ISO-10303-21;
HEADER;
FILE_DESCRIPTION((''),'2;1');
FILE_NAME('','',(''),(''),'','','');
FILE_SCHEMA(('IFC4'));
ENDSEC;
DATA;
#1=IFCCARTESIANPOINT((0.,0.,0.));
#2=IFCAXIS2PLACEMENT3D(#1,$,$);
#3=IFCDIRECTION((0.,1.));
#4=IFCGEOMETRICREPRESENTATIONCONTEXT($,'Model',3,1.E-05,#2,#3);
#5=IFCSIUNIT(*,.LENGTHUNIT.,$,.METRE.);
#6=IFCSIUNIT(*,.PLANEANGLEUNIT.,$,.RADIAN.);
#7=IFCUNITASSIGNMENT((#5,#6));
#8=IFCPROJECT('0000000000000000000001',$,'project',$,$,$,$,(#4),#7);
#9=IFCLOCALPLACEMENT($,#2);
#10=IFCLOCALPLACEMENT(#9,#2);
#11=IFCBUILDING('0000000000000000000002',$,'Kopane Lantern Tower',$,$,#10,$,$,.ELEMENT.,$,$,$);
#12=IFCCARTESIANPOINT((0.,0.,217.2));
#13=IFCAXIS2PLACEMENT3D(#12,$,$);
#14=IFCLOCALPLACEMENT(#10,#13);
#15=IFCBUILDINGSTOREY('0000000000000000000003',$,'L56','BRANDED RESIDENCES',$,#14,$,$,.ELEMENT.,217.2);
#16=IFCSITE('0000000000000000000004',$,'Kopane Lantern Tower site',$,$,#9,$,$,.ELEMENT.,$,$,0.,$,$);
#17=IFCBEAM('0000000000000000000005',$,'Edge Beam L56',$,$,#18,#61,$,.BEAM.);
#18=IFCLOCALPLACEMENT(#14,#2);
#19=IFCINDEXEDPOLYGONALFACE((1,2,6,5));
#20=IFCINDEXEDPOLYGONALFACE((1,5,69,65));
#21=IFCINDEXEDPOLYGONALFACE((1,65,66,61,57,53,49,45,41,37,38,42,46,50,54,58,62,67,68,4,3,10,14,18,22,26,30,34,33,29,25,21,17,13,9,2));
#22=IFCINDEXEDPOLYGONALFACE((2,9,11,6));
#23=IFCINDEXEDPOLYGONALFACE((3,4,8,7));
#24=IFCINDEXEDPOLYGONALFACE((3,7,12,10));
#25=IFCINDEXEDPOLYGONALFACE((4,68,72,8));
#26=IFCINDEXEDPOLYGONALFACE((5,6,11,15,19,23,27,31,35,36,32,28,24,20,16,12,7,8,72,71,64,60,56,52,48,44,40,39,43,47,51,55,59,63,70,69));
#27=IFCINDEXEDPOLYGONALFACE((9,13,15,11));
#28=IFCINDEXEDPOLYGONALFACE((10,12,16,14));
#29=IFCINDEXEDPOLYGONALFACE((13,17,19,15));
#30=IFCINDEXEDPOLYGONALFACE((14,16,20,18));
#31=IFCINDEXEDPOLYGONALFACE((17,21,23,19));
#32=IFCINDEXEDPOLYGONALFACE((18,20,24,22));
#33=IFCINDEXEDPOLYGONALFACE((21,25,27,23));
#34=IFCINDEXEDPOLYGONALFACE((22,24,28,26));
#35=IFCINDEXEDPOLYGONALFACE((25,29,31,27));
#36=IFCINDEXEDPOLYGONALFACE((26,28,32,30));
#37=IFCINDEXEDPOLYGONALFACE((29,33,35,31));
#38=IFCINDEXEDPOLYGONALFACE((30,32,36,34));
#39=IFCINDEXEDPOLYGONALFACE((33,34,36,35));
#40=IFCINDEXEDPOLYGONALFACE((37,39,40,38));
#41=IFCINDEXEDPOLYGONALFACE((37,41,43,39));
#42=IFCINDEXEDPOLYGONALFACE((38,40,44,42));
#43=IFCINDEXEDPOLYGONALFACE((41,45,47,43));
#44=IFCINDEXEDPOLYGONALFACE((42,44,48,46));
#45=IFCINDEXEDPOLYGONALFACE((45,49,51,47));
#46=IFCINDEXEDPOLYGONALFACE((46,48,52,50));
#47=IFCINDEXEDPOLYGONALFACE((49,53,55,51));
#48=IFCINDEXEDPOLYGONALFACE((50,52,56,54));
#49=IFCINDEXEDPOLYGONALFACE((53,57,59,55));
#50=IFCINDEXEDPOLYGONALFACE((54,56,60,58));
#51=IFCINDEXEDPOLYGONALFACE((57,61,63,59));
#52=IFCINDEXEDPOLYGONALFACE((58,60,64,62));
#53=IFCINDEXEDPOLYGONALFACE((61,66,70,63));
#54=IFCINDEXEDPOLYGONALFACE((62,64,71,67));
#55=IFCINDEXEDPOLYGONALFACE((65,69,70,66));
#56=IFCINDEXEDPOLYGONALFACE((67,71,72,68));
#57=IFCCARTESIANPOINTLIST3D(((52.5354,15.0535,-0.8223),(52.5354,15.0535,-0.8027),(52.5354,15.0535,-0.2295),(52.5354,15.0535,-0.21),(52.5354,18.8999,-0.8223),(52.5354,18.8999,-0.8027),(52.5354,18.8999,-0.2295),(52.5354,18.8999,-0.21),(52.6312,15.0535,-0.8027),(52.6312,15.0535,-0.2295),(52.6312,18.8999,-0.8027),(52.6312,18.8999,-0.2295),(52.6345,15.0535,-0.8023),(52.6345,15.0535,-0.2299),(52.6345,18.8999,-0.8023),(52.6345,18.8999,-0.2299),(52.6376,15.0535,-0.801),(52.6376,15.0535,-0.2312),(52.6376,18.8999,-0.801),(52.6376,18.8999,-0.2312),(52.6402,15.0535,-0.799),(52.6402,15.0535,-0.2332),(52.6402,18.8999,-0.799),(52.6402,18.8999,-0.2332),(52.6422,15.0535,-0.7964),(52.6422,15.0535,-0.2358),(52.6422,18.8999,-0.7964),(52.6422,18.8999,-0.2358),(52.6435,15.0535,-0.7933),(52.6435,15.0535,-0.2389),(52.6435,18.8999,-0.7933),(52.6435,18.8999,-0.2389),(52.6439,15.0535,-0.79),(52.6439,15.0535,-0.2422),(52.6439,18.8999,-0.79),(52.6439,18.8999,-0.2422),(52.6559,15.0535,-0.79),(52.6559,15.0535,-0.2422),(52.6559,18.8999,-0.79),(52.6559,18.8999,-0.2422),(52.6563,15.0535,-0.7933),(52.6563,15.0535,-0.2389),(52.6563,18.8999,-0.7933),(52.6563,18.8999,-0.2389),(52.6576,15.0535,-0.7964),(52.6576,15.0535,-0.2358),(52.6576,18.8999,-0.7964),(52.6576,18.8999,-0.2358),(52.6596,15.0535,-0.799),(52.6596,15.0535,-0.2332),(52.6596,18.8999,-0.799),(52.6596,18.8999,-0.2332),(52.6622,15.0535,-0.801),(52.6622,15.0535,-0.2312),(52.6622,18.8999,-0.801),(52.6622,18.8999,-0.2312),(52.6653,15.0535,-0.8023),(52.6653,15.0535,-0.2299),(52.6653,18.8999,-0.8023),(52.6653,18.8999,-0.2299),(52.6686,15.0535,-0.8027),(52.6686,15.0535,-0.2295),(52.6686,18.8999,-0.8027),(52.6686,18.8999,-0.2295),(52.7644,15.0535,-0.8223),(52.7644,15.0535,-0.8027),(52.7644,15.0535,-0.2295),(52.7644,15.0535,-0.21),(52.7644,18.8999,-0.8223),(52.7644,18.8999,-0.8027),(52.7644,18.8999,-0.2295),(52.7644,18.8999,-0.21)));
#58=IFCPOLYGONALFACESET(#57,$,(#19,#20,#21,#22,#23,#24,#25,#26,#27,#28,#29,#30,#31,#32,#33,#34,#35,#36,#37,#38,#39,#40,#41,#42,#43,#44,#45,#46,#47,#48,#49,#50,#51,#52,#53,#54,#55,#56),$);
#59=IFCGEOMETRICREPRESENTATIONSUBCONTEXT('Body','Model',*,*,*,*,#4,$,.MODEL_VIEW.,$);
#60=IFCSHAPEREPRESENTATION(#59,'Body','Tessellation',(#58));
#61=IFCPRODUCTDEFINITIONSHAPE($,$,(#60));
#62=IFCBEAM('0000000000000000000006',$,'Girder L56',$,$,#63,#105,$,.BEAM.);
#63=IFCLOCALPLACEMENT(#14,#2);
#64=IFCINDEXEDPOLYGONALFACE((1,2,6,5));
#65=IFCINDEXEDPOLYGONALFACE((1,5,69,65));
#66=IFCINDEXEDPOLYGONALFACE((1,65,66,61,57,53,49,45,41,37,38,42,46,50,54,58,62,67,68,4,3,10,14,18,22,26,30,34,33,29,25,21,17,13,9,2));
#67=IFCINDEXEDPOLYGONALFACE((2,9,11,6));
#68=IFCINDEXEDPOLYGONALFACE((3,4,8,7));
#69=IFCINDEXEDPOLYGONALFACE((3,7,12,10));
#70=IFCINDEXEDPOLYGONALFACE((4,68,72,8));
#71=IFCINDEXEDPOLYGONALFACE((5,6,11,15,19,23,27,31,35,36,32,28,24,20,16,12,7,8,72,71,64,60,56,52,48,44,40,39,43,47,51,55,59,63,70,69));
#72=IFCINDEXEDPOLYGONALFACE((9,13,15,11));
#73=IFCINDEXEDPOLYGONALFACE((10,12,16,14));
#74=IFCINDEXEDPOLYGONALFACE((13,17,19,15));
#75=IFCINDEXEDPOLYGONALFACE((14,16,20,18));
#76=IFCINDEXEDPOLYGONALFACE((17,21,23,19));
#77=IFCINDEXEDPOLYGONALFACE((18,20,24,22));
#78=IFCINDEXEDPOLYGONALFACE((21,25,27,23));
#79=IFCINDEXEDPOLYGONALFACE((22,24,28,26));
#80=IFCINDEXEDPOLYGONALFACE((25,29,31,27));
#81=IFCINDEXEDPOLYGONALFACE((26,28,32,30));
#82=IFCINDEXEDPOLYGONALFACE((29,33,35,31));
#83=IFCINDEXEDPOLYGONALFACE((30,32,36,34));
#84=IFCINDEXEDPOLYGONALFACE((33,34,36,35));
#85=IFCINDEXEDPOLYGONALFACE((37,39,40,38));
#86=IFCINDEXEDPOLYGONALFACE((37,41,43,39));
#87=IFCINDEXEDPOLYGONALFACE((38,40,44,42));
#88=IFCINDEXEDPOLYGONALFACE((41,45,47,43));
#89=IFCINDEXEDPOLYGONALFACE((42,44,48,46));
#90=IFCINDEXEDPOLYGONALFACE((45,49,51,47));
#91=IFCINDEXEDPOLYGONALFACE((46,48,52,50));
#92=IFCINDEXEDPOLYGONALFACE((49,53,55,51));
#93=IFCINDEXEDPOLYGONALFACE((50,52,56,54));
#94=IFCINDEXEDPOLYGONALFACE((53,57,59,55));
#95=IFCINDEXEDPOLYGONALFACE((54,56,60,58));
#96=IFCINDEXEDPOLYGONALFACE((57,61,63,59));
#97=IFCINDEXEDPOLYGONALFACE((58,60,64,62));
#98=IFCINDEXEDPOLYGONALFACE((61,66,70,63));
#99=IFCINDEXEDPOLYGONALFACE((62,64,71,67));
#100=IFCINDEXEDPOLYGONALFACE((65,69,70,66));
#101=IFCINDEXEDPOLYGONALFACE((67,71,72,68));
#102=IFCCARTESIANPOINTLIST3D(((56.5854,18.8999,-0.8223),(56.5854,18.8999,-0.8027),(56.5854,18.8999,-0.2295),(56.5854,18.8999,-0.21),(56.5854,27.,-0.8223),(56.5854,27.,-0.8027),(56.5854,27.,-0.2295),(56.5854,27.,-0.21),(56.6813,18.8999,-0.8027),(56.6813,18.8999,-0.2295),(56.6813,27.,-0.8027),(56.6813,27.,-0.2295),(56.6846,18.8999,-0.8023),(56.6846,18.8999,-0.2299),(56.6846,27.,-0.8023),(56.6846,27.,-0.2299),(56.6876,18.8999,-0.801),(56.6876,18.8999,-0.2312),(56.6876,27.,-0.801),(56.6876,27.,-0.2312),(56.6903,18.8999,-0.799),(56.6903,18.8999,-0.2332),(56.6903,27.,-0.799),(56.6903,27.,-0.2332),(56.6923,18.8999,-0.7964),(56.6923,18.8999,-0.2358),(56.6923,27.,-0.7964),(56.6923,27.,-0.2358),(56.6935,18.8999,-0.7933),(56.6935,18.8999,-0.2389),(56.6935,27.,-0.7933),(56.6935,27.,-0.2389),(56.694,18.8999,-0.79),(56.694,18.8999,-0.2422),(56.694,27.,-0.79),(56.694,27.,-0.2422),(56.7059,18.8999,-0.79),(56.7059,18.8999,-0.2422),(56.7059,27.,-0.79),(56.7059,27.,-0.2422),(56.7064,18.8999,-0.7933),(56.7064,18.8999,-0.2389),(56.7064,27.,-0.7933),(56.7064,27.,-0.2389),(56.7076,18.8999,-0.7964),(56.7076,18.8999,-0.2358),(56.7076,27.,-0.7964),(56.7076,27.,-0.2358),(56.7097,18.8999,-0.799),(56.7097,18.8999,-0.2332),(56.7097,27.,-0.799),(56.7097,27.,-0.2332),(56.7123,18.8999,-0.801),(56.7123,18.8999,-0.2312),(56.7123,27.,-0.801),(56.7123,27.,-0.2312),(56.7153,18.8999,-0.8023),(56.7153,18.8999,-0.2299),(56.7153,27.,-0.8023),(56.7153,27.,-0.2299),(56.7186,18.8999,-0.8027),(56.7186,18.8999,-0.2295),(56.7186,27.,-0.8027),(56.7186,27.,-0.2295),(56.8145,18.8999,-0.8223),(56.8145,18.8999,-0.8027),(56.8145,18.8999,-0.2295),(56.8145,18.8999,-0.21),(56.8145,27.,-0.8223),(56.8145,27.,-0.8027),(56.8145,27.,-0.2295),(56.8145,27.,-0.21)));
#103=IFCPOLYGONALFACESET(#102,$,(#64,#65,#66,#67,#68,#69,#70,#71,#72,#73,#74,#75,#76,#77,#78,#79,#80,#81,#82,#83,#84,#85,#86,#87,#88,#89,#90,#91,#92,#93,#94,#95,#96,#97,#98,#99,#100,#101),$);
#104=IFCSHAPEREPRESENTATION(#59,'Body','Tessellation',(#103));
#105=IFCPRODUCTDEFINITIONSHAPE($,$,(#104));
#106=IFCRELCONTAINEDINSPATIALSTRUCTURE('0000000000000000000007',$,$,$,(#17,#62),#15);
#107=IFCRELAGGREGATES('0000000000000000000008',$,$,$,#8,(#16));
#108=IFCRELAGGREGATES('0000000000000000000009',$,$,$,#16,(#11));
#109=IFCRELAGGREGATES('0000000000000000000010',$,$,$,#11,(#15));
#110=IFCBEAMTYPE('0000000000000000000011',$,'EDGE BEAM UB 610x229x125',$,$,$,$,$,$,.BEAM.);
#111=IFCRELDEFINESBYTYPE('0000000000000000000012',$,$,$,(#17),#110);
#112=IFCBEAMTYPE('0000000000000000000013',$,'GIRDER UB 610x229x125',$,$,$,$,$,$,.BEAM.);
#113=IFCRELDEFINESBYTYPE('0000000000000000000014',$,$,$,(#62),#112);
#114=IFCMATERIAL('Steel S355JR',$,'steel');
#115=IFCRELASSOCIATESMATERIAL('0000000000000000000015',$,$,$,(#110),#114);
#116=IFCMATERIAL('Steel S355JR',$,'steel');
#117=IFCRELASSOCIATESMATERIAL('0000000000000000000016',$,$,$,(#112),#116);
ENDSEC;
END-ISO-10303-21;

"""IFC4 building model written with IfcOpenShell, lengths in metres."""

from ifc_helpers import new_model, si_unit, direction, frame, origin, origin_2d, place, context, subcontext, project, spatial, i_section, extrude, material, material_profile, profile_set, type_object, element, save


model = new_model("IFC4")

# Units and contexts
model_context = context("Model", 3, precision=1e-05, world=origin(), true_north=direction((0.0, 1.0)))
body_context = subcontext(model_context, "Body", "Model", "MODEL_VIEW")
ifc_project = project(units=[si_unit("LENGTHUNIT", "METRE"), si_unit("PLANEANGLEUNIT", "RADIAN")], contexts=[model_context])

# Site, building, storey
site_placement = place(None, origin())
site = spatial("IfcSite", under=ifc_project, at=site_placement, Name="Kopane Lantern Tower site", CompositionType="ELEMENT", RefElevation=0.0)
building_placement = place(site_placement, origin())
building = spatial("IfcBuilding", under=site, at=building_placement, Name="Kopane Lantern Tower", CompositionType="ELEMENT")
storey_placement = place(building_placement, frame((0.0, 0.0, 217.2)))
storey = spatial("IfcBuildingStorey", under=building, at=storey_placement, Name="L56", Description="BRANDED RESIDENCES", CompositionType="ELEMENT", Elevation=217.2)

# Beams
ifc_material_1 = material(Name="Steel S355JR", Category="steel")
ifc_material_profile_1 = material_profile(ifc_material_1, i_section(OverallWidth=0.229, OverallDepth=0.6123, WebThickness=0.012, FlangeThickness=0.0195, FilletRadius=0.0127, at=origin_2d()), Name="UB 610x229x125")
ifc_profile_set_1 = profile_set([ifc_material_profile_1], Name="Steel S355JR")
beam_type_1 = type_object("IfcBeamType", Name="EDGE BEAM UB 610x229x125", PredefinedType="BEAM", material=ifc_profile_set_1)
for number, where, z_axis, x_axis, name in (
    (1, (52.6499, 15.0535, -0.5161), (0.0, 1.0, 0.0), (-1.0, 0.0, 0.0), "Edge Beam L56"),
):
    element("IfcBeam", number, at=place(storey_placement, frame(where, z_axis=z_axis, x_axis=x_axis)), inside=storey, type_object=beam_type_1, Name=name, PredefinedType="BEAM", context=body_context, shape_type="SweptSolid", body=[
        extrude(i_section(OverallWidth=0.229, OverallDepth=0.6123, WebThickness=0.012, FlangeThickness=0.0195, FilletRadius=0.0127, at=origin_2d()), origin(), (0.0, 0.0, 1.0), 3.8464),
    ])
ifc_material_2 = material(Name="Steel S355JR", Category="steel")
ifc_material_profile_2 = material_profile(ifc_material_2, i_section(OverallWidth=0.229, OverallDepth=0.6123, WebThickness=0.012, FlangeThickness=0.0195, FilletRadius=0.0127, at=origin_2d()), Name="UB 610x229x125")
ifc_profile_set_2 = profile_set([ifc_material_profile_2], Name="Steel S355JR")
beam_type_2 = type_object("IfcBeamType", Name="GIRDER UB 610x229x125", PredefinedType="BEAM", material=ifc_profile_set_2)
beam_1_placement = place(storey_placement, frame((56.7, 18.8999, -0.5161), z_axis=(0.0, 1.0, 0.0), x_axis=(-1.0, 0.0, 0.0)))
element("IfcBeam", 2, at=beam_1_placement, inside=storey, type_object=beam_type_2, Name="Girder L56", PredefinedType="BEAM", context=body_context, shape_type="SweptSolid", body=[
    extrude(i_section(OverallWidth=0.229, OverallDepth=0.6123, WebThickness=0.012, FlangeThickness=0.0195, FilletRadius=0.0127, at=origin_2d()), origin(), (0.0, 0.0, 1.0), 8.1001),
])

save(model, "model.ifc")
